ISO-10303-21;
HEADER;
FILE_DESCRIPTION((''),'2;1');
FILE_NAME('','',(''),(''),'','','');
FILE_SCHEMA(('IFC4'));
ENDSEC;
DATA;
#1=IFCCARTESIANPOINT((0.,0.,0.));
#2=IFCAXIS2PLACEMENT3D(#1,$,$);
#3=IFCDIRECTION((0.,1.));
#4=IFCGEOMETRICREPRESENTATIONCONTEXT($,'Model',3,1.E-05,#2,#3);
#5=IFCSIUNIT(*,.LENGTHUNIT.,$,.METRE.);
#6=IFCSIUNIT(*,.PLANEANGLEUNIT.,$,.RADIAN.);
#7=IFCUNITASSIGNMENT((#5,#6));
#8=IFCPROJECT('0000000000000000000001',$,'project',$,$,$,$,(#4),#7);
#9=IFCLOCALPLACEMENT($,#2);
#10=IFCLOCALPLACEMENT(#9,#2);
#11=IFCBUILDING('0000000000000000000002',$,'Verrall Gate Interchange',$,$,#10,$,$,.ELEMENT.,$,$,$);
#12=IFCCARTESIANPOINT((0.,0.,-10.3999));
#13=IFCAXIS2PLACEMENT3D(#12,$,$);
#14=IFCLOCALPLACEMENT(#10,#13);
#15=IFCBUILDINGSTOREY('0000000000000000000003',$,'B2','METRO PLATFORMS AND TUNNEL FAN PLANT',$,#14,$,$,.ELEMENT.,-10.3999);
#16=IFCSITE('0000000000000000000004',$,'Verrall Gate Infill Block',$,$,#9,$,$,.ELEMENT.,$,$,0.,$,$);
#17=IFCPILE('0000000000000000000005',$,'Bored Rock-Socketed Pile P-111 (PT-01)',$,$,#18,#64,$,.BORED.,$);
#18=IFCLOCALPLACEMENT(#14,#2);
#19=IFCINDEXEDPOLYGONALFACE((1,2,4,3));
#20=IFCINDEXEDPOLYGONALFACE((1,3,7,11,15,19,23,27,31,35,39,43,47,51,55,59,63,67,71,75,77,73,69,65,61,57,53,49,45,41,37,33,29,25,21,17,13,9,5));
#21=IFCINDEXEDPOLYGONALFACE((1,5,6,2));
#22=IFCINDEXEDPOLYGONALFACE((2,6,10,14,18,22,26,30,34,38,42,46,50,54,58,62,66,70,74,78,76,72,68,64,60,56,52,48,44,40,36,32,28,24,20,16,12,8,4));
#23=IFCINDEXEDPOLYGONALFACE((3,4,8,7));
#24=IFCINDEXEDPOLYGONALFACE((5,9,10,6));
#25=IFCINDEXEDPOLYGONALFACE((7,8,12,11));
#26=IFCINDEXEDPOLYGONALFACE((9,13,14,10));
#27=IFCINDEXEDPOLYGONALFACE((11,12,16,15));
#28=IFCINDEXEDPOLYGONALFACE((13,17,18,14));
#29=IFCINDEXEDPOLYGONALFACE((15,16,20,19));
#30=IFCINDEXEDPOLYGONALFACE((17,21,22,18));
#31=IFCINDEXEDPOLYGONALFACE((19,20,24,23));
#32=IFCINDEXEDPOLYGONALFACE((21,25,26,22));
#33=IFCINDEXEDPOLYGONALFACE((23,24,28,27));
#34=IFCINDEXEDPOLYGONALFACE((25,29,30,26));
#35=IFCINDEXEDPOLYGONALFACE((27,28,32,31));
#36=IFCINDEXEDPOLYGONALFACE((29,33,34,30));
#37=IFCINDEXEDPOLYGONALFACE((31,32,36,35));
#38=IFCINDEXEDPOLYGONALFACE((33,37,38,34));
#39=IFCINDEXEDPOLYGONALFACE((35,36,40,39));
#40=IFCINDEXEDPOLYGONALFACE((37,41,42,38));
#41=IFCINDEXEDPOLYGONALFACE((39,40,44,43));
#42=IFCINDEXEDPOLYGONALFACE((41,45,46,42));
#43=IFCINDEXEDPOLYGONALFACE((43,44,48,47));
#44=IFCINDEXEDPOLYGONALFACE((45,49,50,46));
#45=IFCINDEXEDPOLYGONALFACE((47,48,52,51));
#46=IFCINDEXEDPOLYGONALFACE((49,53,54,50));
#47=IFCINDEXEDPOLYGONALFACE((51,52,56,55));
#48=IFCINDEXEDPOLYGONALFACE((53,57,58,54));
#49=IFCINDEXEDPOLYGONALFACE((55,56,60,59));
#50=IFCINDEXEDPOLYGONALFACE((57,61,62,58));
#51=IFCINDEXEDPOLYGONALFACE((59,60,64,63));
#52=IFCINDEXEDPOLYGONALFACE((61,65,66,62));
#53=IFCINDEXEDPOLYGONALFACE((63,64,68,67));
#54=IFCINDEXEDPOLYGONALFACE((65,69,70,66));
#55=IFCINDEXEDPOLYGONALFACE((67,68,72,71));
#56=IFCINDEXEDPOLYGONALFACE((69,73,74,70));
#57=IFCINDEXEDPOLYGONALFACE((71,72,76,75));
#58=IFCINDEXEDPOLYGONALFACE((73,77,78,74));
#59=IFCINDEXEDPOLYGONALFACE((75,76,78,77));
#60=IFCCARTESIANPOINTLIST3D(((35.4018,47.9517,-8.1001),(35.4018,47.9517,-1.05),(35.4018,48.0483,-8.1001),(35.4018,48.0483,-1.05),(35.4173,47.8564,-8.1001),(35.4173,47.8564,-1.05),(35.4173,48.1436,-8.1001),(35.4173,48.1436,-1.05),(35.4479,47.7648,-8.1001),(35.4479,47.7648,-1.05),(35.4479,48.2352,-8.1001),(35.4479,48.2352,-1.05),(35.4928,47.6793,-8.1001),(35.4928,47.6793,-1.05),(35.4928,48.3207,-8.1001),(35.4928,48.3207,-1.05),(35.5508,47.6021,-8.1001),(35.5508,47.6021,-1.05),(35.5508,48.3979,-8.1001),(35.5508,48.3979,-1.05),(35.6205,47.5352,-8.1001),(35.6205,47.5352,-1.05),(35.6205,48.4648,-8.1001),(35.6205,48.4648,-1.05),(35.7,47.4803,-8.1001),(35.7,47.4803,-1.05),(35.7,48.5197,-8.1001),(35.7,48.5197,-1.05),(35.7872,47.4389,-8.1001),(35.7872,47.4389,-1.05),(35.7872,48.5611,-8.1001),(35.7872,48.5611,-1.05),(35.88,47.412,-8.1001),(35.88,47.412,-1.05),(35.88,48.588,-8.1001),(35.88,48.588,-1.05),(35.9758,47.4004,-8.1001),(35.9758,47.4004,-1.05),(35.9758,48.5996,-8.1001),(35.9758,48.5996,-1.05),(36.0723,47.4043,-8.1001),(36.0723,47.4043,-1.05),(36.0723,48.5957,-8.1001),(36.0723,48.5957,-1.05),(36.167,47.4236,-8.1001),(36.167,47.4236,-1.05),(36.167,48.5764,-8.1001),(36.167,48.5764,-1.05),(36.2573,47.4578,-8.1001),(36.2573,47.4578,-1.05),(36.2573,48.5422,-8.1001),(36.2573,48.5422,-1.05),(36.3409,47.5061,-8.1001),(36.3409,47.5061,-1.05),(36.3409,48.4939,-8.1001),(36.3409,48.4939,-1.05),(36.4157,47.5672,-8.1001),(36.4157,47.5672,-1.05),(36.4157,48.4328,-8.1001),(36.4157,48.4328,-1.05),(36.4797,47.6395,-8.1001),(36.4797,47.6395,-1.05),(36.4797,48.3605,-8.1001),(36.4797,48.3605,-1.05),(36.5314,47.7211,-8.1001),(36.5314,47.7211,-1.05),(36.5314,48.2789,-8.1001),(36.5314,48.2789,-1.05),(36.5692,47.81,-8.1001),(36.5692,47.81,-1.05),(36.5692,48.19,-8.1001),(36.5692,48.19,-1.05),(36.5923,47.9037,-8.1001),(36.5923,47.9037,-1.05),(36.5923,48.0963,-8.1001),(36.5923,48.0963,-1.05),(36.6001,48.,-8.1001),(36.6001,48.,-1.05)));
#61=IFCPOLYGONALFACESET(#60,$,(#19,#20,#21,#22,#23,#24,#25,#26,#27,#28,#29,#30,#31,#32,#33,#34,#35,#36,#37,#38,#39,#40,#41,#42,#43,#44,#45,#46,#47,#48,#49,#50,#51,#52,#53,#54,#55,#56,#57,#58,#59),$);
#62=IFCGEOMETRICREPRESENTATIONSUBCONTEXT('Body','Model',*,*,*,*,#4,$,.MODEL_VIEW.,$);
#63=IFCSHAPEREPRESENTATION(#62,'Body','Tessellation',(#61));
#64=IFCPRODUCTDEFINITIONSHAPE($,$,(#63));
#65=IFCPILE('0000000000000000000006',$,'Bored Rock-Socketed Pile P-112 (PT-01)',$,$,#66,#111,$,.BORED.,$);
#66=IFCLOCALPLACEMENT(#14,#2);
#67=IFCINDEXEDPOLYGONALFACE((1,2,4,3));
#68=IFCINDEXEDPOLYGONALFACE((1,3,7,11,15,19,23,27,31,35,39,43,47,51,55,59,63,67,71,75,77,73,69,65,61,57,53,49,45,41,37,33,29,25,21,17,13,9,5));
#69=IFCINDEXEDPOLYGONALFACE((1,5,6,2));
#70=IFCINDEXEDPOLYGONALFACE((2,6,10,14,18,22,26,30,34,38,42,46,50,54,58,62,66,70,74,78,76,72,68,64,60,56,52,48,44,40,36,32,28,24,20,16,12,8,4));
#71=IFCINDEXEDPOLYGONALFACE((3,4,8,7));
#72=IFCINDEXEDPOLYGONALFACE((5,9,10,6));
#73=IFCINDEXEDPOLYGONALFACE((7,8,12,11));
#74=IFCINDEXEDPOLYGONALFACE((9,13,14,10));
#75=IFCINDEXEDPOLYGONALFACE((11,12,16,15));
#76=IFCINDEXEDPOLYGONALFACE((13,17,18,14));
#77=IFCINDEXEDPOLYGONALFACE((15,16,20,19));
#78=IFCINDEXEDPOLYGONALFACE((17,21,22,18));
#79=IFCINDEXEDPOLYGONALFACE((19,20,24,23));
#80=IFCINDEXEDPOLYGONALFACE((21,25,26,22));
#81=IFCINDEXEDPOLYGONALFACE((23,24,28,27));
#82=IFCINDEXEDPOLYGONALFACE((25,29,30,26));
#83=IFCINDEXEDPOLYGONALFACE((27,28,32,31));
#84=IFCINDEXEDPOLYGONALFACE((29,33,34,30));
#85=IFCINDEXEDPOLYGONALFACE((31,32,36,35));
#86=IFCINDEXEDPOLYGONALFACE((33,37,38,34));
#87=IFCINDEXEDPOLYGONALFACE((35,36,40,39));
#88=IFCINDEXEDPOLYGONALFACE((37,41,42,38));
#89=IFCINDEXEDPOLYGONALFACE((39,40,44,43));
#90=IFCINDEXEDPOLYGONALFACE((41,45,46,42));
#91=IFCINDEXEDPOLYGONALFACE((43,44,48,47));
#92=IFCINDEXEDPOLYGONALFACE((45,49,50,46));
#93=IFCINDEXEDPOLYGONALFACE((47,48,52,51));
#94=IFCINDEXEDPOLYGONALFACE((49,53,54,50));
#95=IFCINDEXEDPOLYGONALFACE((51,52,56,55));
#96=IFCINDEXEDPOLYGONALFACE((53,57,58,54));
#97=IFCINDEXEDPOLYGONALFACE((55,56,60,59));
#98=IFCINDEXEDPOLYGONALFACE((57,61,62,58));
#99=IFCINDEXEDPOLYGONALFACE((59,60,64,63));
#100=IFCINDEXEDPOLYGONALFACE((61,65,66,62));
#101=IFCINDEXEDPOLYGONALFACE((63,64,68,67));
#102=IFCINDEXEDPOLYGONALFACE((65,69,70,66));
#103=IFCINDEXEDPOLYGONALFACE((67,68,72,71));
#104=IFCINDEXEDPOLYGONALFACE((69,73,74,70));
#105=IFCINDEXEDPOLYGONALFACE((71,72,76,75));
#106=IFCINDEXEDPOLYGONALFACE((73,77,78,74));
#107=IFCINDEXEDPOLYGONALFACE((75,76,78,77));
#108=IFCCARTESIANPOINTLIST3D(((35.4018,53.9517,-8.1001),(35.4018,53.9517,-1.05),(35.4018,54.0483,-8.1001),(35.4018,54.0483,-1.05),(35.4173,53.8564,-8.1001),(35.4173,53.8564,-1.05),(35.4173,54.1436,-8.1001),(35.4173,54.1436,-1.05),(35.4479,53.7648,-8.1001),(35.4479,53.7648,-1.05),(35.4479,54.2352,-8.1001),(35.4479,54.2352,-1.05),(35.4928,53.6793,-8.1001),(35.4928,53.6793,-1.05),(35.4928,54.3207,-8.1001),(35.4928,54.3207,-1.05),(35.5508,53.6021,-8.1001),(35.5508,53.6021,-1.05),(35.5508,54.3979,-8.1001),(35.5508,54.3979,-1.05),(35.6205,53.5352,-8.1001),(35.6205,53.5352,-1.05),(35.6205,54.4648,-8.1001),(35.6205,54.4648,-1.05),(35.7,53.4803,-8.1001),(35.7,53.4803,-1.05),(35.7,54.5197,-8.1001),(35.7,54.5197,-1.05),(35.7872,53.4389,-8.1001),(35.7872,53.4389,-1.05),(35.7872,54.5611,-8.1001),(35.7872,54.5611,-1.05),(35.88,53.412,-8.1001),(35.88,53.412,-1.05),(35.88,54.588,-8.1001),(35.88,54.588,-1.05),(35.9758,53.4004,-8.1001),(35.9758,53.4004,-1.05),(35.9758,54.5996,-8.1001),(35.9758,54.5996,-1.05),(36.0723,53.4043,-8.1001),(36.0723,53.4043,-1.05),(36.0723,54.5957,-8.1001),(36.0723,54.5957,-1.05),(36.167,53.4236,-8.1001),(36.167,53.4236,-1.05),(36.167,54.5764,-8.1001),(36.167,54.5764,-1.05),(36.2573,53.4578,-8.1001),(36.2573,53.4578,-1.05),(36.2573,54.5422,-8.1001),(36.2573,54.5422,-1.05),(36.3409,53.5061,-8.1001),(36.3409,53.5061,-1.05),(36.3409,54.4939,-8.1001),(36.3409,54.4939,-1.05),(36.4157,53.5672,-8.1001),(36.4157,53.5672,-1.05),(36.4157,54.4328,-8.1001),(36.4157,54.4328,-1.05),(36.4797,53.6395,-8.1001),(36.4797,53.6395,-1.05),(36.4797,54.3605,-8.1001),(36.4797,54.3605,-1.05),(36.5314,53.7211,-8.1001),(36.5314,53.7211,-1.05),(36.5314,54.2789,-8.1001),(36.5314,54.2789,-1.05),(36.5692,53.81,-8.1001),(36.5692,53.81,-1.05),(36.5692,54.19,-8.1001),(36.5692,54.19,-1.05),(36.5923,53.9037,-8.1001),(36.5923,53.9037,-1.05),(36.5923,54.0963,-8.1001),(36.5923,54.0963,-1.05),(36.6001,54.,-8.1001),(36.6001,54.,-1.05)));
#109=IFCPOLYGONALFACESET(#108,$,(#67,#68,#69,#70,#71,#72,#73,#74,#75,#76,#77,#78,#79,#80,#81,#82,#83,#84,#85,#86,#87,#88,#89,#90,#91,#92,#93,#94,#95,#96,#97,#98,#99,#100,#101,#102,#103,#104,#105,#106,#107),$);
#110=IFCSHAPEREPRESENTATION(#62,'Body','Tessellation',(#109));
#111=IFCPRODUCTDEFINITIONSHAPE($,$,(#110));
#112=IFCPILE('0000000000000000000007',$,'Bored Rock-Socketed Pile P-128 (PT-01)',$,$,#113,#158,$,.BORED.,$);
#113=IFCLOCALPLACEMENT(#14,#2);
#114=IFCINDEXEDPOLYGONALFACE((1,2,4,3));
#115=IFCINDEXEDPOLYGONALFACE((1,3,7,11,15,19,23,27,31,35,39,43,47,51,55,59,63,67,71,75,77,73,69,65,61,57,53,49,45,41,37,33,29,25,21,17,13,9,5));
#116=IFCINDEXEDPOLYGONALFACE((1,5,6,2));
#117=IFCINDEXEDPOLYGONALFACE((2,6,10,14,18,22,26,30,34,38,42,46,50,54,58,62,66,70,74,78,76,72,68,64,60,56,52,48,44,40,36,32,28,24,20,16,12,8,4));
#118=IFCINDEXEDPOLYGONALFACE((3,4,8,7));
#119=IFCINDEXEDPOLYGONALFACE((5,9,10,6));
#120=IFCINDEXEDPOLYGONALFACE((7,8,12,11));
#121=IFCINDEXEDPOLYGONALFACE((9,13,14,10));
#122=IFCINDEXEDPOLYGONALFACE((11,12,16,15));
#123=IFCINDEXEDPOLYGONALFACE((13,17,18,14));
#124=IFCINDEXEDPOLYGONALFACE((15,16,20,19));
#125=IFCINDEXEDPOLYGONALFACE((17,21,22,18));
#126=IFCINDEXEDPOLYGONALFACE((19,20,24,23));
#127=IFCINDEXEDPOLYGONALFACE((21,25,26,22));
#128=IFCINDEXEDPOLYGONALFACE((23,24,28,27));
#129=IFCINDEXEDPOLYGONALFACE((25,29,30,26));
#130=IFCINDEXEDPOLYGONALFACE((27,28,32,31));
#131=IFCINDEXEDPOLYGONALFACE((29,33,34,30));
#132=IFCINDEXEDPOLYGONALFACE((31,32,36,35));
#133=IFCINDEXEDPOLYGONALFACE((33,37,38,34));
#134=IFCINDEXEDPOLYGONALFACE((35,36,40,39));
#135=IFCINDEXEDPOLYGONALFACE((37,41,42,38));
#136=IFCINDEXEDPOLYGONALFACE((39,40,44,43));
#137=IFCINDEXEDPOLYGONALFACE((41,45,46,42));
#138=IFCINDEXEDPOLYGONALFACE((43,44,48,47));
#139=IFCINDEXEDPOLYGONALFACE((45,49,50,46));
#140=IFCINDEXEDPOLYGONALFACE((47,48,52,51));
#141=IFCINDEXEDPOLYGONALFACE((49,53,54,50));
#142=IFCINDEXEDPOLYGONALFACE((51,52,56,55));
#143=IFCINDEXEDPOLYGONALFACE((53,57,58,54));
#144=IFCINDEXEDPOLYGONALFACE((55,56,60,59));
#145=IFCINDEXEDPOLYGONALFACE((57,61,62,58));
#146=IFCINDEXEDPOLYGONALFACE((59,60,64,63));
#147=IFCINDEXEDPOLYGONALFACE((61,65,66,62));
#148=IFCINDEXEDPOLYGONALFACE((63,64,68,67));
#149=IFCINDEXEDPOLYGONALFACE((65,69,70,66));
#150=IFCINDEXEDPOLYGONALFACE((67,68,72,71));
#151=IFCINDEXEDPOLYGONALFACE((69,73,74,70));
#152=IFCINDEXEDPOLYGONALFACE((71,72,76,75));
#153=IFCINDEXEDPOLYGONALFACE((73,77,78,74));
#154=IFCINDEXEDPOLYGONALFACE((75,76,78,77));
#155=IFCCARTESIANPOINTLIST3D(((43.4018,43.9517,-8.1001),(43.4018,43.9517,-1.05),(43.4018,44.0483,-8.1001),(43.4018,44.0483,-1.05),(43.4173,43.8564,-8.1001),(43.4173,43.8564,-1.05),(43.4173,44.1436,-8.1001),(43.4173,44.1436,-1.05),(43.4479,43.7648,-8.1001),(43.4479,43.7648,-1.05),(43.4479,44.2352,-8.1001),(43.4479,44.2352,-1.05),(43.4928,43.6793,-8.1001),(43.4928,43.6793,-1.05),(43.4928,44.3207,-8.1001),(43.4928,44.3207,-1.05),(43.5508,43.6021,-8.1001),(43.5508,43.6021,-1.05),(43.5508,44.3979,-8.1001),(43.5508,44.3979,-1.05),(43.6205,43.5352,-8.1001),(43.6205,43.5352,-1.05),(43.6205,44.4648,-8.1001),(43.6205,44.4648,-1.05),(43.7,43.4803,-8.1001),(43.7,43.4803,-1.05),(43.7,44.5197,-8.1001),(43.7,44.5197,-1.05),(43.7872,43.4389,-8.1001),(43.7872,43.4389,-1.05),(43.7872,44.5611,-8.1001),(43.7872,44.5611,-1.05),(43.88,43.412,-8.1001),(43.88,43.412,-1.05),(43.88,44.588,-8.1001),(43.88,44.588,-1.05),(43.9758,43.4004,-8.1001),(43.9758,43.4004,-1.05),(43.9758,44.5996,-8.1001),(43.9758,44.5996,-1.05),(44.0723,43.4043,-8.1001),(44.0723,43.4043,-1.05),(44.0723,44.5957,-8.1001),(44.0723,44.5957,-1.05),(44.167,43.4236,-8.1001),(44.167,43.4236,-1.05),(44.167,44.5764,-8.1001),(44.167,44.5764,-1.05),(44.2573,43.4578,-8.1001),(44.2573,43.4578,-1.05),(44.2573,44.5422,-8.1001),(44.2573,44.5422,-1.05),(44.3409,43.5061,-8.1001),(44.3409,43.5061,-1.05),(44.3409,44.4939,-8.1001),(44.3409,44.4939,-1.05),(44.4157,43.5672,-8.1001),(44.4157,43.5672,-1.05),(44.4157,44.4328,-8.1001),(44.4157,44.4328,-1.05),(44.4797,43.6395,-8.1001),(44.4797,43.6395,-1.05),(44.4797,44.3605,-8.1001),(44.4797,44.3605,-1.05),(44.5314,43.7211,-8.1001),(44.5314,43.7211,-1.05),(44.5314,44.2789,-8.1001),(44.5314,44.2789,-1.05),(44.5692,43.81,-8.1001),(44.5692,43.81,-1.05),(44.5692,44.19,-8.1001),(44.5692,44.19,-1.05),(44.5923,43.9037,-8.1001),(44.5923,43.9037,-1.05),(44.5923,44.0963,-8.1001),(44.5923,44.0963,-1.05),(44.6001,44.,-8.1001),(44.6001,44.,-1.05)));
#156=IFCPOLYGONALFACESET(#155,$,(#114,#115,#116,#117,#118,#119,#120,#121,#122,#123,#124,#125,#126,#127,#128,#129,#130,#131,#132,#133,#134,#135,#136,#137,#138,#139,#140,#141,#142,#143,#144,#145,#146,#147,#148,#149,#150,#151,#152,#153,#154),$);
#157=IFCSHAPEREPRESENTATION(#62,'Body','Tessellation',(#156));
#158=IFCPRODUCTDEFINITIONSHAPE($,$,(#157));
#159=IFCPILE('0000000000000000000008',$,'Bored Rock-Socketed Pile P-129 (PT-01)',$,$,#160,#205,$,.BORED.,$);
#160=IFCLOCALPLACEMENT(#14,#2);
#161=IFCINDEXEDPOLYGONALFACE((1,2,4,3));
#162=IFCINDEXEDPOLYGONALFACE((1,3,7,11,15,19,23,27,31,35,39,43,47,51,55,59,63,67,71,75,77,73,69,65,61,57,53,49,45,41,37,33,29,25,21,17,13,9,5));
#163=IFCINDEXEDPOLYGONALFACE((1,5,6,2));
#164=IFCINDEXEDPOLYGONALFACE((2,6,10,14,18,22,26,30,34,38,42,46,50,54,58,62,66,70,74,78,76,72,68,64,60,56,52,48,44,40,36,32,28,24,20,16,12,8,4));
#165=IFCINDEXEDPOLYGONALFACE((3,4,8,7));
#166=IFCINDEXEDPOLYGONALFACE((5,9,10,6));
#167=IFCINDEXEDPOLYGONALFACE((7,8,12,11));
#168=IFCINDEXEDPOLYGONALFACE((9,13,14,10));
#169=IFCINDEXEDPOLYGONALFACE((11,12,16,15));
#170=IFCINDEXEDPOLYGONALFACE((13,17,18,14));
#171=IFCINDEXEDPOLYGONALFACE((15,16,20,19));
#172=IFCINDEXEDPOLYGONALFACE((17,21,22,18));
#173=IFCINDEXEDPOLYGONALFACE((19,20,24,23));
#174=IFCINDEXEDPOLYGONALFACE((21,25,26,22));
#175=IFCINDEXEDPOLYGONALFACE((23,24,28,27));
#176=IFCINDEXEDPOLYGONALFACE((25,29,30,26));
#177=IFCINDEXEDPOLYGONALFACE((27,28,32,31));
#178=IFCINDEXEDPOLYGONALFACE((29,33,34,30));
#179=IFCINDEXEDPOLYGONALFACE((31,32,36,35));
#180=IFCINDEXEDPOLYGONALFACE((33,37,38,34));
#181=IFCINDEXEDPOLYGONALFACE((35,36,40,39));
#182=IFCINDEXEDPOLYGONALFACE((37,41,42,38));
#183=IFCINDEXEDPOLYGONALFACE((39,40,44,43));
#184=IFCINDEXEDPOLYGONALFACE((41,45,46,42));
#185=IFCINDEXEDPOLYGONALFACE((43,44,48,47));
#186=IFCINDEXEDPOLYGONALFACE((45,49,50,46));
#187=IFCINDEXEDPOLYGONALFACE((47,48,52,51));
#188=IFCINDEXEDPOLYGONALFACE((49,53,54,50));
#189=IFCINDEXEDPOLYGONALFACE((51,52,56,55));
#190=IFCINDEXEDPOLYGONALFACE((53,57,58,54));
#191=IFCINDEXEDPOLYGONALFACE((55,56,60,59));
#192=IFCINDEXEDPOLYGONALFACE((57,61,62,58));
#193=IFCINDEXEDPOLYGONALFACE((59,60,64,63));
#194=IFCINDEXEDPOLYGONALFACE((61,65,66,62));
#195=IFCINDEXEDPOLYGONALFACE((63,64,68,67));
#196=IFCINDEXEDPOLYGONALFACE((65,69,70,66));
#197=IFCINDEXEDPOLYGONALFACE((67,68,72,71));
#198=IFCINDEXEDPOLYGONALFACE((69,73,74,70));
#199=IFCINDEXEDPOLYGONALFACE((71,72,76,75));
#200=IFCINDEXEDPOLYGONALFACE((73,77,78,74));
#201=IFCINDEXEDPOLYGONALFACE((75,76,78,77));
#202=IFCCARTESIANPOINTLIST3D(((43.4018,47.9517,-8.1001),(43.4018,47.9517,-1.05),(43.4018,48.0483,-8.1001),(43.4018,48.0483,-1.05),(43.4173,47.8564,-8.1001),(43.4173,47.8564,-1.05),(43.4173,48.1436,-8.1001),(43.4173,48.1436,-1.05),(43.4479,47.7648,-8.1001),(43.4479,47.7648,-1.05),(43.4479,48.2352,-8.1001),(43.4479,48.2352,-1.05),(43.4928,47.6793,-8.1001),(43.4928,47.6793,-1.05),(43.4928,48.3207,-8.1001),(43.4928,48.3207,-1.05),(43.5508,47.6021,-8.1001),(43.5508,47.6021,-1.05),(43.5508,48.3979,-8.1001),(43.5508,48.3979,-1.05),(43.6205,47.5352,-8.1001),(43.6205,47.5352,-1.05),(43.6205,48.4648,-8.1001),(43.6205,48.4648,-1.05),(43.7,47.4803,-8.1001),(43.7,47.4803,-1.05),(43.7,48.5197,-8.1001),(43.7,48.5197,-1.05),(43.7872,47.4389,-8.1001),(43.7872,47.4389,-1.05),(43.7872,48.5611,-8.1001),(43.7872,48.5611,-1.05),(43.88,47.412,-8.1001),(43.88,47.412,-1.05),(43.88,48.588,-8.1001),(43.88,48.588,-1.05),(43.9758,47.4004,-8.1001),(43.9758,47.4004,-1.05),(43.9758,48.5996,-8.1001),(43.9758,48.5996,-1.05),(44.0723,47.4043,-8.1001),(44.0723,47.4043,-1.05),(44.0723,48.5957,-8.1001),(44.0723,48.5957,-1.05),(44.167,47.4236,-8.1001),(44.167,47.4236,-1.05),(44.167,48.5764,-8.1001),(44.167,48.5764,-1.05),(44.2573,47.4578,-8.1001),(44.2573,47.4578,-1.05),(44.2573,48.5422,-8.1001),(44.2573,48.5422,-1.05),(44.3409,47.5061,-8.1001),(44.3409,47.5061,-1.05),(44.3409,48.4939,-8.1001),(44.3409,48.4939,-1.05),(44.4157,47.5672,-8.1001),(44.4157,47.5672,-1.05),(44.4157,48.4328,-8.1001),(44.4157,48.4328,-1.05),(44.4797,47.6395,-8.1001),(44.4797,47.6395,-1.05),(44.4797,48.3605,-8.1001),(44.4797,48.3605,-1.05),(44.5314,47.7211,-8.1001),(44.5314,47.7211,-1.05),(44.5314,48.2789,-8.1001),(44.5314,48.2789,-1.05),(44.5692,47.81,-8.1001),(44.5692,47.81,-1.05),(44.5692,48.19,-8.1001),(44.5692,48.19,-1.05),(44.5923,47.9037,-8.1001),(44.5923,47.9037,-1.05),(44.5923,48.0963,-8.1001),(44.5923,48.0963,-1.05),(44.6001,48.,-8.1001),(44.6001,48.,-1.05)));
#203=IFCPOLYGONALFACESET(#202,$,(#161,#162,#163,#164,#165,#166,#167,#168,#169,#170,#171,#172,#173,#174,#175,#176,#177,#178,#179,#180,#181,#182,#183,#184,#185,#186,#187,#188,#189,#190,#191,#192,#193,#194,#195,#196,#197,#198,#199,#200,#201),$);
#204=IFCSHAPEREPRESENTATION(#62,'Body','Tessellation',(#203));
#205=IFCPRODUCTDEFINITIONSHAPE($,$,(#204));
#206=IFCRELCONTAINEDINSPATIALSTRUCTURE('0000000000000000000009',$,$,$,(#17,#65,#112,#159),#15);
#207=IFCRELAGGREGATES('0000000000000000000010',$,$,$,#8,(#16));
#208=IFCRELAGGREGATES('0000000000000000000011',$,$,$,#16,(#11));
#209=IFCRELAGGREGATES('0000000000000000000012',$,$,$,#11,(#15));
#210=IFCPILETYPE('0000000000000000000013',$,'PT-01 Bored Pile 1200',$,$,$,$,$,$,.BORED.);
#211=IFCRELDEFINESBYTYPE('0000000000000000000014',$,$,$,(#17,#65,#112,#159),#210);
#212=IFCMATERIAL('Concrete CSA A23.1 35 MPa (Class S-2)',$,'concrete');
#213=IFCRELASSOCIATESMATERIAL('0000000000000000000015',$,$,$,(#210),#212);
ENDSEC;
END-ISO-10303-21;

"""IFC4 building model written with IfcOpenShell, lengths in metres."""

from ifc_helpers import new_model, si_unit, direction, frame, origin, origin_2d, place, context, subcontext, project, spatial, circle, extrude, material, material_profile, profile_set, type_object, element, save


model = new_model("IFC4")

# Units and contexts
model_context = context("Model", 3, precision=1e-05, world=origin(), true_north=direction((0.0, 1.0)))
body_context = subcontext(model_context, "Body", "Model", "MODEL_VIEW")
ifc_project = project(units=[si_unit("LENGTHUNIT", "METRE"), si_unit("PLANEANGLEUNIT", "RADIAN")], contexts=[model_context])

# Site, building, storey
site_placement = place(None, origin())
site = spatial("IfcSite", under=ifc_project, at=site_placement, Name="Verrall Gate Infill Block", CompositionType="ELEMENT", RefElevation=0.0)
building_placement = place(site_placement, origin())
building = spatial("IfcBuilding", under=site, at=building_placement, Name="Verrall Gate Interchange", CompositionType="ELEMENT")
storey_placement = place(building_placement, frame((0.0, 0.0, -10.3999)))
storey = spatial("IfcBuildingStorey", under=building, at=storey_placement, Name="B2", Description="METRO PLATFORMS AND TUNNEL FAN PLANT", CompositionType="ELEMENT", Elevation=-10.3999)

# Piles
ifc_material_1 = material(Name="Concrete CSA A23.1 35 MPa (Class S-2)", Category="concrete")
ifc_material_profile_1 = material_profile(ifc_material_1, circle(Radius=0.6001, at=origin_2d()), Name="PILE1200D")
ifc_profile_set_1 = profile_set([ifc_material_profile_1], Name="Concrete CSA A23.1 35 MPa (Class S-2)")
pile_type_1 = type_object("IfcPileType", Name="PT-01 Bored Pile 1200", PredefinedType="BORED", material=ifc_profile_set_1)
for number, where, z_axis, x_axis, name in (
    (1, (36.0, 48.0, -1.05), (0.0, 0.0, -1.0), (1.0, 0.0, 0.0), "Bored Rock-Socketed Pile P-111 (PT-01)"),
    (2, (36.0, 54.0, -1.05), (0.0, 0.0, -1.0), (1.0, 0.0, 0.0), "Bored Rock-Socketed Pile P-112 (PT-01)"),
    (3, (44.0, 44.0, -1.05), (0.0, 0.0, -1.0), (1.0, 0.0, 0.0), "Bored Rock-Socketed Pile P-128 (PT-01)"),
    (4, (44.0, 48.0, -1.05), (0.0, 0.0, -1.0), (1.0, 0.0, 0.0), "Bored Rock-Socketed Pile P-129 (PT-01)"),
):
    element("IfcPile", number, at=place(storey_placement, frame(where, z_axis=z_axis, x_axis=x_axis)), inside=storey, type_object=pile_type_1, Name=name, PredefinedType="BORED", context=body_context, shape_type="SweptSolid", body=[
        extrude(circle(Radius=0.6001, at=origin_2d()), origin(), (0.0, 0.0, 1.0), 7.05),
    ])

save(model, "model.ifc")
